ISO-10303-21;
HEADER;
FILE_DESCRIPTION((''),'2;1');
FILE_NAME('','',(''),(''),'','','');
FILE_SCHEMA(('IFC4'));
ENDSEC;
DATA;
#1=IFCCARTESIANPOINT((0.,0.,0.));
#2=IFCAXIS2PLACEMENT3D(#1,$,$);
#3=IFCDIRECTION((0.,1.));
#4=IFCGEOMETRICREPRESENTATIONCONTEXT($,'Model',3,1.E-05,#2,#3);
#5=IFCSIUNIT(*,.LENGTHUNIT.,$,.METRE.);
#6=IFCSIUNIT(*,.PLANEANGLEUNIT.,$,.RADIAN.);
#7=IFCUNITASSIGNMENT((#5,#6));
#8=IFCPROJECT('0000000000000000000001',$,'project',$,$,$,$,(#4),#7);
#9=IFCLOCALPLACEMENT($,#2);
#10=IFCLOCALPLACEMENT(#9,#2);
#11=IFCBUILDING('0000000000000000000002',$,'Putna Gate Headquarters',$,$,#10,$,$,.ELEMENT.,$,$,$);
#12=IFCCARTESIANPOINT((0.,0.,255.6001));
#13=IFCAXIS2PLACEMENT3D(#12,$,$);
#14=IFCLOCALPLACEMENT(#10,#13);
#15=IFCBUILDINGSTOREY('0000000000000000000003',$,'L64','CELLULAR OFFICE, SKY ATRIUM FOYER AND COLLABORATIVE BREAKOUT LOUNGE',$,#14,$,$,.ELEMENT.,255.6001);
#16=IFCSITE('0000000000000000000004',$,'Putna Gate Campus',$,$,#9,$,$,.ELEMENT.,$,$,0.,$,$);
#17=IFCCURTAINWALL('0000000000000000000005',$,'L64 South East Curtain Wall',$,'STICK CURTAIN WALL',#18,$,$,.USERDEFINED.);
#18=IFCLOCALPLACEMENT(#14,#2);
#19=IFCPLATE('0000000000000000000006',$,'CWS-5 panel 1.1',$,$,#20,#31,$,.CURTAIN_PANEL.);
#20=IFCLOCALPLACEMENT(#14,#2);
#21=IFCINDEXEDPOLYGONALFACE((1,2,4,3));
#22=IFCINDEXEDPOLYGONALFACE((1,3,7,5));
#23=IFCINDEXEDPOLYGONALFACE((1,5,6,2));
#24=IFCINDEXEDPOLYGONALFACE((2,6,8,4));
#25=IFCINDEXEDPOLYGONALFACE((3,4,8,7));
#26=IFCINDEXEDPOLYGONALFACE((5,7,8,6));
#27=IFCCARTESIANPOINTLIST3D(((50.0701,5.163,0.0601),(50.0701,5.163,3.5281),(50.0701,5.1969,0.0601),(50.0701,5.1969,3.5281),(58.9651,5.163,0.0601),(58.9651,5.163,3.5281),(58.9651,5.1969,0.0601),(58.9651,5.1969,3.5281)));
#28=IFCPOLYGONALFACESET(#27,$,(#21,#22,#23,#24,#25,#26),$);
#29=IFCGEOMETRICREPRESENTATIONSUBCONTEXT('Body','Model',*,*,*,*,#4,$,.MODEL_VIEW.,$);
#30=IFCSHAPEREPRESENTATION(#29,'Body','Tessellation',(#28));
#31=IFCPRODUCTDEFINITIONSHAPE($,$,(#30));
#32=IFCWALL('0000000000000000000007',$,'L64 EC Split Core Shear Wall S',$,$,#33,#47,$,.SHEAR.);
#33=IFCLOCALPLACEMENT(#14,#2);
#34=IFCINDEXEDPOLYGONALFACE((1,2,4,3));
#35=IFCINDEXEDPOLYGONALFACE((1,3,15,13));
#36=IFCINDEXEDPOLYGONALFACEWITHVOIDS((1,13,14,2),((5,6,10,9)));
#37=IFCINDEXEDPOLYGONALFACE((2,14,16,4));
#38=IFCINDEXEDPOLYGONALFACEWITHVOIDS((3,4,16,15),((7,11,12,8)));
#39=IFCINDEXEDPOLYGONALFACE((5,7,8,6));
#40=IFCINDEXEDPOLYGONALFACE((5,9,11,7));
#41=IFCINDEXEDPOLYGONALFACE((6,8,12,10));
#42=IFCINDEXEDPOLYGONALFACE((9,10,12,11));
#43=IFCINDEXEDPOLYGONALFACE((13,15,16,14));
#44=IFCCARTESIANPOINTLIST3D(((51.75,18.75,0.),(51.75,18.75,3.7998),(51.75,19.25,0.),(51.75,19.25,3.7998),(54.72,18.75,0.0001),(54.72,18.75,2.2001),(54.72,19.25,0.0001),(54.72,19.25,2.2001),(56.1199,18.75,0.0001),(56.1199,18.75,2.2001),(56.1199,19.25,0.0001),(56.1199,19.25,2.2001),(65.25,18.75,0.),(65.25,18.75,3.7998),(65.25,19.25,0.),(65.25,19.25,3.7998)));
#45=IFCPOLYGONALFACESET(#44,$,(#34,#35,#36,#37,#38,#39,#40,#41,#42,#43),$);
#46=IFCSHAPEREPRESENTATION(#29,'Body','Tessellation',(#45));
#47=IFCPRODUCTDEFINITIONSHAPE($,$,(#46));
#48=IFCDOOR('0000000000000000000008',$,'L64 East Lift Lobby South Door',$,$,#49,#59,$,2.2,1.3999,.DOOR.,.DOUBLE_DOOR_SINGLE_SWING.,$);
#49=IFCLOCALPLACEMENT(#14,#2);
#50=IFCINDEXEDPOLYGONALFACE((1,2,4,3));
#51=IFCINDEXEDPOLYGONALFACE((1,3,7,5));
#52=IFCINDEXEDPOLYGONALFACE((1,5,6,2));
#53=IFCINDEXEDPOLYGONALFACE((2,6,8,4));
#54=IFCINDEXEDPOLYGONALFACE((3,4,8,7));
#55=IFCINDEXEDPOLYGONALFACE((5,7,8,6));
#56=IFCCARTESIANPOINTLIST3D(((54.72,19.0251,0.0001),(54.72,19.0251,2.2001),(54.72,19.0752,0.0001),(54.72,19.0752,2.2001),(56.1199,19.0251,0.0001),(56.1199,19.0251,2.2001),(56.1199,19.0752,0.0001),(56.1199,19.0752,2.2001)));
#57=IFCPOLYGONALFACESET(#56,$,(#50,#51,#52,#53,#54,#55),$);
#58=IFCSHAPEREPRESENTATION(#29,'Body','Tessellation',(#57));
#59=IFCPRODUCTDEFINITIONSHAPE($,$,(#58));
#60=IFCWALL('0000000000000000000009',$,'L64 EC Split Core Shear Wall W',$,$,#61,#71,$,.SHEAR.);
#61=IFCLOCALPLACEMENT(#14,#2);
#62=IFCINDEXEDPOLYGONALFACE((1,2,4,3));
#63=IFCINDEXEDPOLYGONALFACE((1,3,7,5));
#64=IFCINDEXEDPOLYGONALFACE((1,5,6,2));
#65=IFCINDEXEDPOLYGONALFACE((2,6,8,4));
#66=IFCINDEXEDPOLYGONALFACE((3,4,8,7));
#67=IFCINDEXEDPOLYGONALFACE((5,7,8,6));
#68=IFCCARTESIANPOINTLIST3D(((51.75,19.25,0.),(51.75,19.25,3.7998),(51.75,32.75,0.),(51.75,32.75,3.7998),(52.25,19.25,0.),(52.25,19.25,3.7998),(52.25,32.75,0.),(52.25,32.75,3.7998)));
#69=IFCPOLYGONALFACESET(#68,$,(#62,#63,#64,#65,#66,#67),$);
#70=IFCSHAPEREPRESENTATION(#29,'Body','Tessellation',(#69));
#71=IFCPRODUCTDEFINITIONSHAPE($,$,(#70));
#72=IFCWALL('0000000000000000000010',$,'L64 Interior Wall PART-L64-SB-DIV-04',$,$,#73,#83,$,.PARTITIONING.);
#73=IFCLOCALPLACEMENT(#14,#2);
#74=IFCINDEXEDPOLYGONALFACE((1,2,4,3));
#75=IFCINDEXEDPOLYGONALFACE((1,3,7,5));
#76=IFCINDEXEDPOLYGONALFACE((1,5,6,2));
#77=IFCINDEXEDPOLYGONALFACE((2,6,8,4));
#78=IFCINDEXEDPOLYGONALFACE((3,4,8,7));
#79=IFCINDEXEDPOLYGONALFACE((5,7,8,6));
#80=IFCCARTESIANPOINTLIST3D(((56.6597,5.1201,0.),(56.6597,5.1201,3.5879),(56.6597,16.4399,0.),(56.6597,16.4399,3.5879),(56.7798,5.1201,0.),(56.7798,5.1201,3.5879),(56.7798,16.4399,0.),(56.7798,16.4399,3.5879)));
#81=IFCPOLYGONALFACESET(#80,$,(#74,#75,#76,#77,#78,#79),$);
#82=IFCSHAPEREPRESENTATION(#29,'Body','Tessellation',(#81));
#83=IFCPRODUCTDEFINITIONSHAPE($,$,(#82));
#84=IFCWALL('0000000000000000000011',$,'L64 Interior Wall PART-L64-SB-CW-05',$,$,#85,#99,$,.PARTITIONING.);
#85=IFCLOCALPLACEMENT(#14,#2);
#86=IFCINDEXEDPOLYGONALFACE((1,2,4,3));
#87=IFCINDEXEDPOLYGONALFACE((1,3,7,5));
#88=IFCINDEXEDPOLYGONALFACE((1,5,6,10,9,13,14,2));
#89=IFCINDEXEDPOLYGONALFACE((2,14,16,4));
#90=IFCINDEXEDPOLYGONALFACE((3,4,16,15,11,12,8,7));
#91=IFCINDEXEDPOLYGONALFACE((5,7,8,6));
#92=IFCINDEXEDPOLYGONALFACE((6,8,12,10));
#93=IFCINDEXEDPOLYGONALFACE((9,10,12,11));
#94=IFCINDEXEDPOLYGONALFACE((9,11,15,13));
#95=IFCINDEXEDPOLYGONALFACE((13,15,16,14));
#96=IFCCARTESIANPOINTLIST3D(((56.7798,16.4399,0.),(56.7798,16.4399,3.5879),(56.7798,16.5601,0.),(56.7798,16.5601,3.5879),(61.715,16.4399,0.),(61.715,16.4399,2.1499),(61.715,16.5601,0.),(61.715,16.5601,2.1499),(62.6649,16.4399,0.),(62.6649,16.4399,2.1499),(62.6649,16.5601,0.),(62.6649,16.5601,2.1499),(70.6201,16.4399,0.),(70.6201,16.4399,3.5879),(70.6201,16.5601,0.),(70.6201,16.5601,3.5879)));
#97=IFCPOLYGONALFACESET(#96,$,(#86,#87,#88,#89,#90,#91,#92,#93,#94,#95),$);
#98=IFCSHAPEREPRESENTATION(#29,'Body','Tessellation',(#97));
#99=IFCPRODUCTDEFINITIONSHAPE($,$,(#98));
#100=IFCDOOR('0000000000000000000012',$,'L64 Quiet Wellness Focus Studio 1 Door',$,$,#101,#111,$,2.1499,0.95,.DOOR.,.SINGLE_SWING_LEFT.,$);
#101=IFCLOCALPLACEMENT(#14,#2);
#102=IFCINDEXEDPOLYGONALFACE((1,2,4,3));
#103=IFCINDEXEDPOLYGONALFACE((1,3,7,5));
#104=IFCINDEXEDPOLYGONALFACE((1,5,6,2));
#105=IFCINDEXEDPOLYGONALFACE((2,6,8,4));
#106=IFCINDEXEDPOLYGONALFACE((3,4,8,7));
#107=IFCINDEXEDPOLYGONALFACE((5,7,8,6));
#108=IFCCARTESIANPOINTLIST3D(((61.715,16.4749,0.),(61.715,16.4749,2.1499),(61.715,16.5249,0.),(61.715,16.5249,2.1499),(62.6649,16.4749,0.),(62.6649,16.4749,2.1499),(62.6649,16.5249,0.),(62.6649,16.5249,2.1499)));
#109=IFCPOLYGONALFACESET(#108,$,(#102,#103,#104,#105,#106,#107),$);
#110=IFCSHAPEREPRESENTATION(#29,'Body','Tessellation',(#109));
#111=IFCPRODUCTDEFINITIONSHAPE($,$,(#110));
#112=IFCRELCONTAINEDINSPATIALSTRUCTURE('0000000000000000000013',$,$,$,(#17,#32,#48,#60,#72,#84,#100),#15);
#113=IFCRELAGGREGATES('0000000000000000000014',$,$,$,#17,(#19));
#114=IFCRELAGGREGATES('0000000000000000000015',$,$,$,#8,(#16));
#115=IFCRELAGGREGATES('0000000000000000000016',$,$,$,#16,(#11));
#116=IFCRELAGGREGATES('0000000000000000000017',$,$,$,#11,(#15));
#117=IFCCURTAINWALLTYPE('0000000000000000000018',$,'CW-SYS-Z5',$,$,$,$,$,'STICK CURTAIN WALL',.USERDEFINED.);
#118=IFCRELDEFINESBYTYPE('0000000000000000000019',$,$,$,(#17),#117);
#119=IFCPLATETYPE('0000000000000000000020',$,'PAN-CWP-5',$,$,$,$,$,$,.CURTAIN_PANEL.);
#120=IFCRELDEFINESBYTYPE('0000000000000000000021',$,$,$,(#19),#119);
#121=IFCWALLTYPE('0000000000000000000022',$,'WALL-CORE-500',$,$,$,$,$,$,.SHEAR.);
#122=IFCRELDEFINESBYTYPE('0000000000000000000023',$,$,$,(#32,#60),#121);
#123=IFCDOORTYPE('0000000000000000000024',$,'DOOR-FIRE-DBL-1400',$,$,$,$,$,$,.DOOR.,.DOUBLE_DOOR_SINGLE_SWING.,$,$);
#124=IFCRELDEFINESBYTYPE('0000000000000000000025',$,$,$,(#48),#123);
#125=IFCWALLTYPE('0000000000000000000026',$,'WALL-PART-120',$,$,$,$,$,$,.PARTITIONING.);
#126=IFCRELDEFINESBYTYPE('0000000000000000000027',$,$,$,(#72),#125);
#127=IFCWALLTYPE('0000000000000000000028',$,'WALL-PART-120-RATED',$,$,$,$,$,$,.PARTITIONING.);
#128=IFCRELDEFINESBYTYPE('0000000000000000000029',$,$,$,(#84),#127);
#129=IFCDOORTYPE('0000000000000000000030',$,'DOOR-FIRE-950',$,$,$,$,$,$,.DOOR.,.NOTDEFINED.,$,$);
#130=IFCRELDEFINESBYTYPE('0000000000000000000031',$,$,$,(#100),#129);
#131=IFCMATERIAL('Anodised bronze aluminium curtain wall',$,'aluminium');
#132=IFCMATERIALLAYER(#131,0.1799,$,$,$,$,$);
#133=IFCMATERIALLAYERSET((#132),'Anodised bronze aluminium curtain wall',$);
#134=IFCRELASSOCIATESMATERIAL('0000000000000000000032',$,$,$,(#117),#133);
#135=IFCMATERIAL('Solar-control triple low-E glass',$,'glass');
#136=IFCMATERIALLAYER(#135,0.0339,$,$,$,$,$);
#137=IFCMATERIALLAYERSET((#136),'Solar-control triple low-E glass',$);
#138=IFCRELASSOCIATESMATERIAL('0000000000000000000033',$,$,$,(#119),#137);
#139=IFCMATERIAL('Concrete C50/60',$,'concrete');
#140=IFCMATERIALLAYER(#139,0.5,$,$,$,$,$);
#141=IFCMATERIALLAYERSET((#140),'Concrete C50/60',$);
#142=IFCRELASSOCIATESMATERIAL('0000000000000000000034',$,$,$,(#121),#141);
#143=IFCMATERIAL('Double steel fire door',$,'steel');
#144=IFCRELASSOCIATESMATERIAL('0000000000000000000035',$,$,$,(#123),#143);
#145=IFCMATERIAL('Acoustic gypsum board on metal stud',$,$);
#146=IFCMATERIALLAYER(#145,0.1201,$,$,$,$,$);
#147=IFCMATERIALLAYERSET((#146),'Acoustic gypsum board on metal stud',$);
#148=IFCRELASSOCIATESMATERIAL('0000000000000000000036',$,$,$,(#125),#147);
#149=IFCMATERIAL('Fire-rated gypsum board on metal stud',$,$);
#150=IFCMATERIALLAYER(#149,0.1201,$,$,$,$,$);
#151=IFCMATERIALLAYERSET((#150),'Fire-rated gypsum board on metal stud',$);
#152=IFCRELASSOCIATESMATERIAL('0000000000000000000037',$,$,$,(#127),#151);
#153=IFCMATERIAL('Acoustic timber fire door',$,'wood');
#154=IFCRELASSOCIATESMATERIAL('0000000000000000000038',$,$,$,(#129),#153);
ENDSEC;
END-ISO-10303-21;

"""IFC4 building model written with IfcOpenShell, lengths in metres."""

from ifc_helpers import new_model, si_unit, direction, frame, frame_2d, origin, origin_2d, place, context, subcontext, project, spatial, rectangle, extrude, material, layer, layer_set, type_object, element, fill, aggregate, save


model = new_model("IFC4")

# Units and contexts
model_context = context("Model", 3, precision=1e-05, world=origin(), true_north=direction((0.0, 1.0)))
body_context = subcontext(model_context, "Body", "Model", "MODEL_VIEW")
ifc_project = project(units=[si_unit("LENGTHUNIT", "METRE"), si_unit("PLANEANGLEUNIT", "RADIAN")], contexts=[model_context])

# Site, building, storey
site_placement = place(None, origin())
site = spatial("IfcSite", under=ifc_project, at=site_placement, Name="Putna Gate Campus", CompositionType="ELEMENT", RefElevation=0.0)
building_placement = place(site_placement, origin())
building = spatial("IfcBuilding", under=site, at=building_placement, Name="Putna Gate Headquarters", CompositionType="ELEMENT")
storey_placement = place(building_placement, frame((0.0, 0.0, 255.6001)))
storey = spatial("IfcBuildingStorey", under=building, at=storey_placement, Name="L64", Description="CELLULAR OFFICE, SKY ATRIUM FOYER AND COLLABORATIVE BREAKOUT LOUNGE", CompositionType="ELEMENT", Elevation=255.6001)

# Curtain wall, plate
ifc_material_1 = material(Name="Anodised bronze aluminium curtain wall", Category="aluminium")
ifc_layer_1 = layer(ifc_material_1, 0.1799)
ifc_layer_set_1 = layer_set([ifc_layer_1], Name="Anodised bronze aluminium curtain wall")
curtain_wall_type = type_object("IfcCurtainWallType", Name="CW-SYS-Z5", ElementType="STICK CURTAIN WALL", PredefinedType="USERDEFINED", material=ifc_layer_set_1)
curtain_wall_placement = place(storey_placement, origin())
curtain_wall = element("IfcCurtainWall", 1, at=curtain_wall_placement, inside=storey, type_object=curtain_wall_type, Name="L64 South East Curtain Wall", ObjectType="STICK CURTAIN WALL", PredefinedType="USERDEFINED")
ifc_material_2 = material(Name="Solar-control triple low-E glass", Category="glass")
ifc_layer_2 = layer(ifc_material_2, 0.0339)
ifc_layer_set_2 = layer_set([ifc_layer_2], Name="Solar-control triple low-E glass")
plate_type = type_object("IfcPlateType", Name="PAN-CWP-5", PredefinedType="CURTAIN_PANEL", material=ifc_layer_set_2)
plate_placement = place(storey_placement, frame((54.5176, 5.1799, 0.0601), z_axis=(0.0, 0.0, 1.0), x_axis=(1.0, 0.0, 0.0)))
plate = element("IfcPlate", 2, at=plate_placement, type_object=plate_type, Name="CWS-5 panel 1.1", PredefinedType="CURTAIN_PANEL", context=body_context, shape_type="SweptSolid", body=[
    extrude(rectangle(XDim=8.895, YDim=0.0339, at=origin_2d()), origin(), (0.0, 0.0, 1.0), 3.468),
])
aggregate(curtain_wall, [plate])

# Wall, opening, door
ifc_material_3 = material(Name="Concrete C50/60", Category="concrete")
ifc_layer_3 = layer(ifc_material_3, 0.5)
ifc_layer_set_3 = layer_set([ifc_layer_3], Name="Concrete C50/60")
wall_type_1 = type_object("IfcWallType", Name="WALL-CORE-500", PredefinedType="SHEAR", material=ifc_layer_set_3)
wall_1_placement = place(storey_placement, frame((51.75, 19.0, 0.0), z_axis=(0.0, 0.0, 1.0), x_axis=(1.0, 0.0, 0.0)))
wall_1 = element("IfcWall", 3, at=wall_1_placement, inside=storey, type_object=wall_type_1, Name="L64 EC Split Core Shear Wall S", PredefinedType="SHEAR", context=body_context, shape_type="SweptSolid", body=[
    extrude(rectangle(XDim=13.5, YDim=0.5, at=frame_2d((6.75, 0.0))), origin(), (0.0, 0.0, 1.0), 3.7998),
])
opening_1_placement = place(wall_1_placement, frame((2.97, 0.0, 0.0)))
opening_1 = element("IfcOpeningElement", 4, at=opening_1_placement, cuts=wall_1, PredefinedType="OPENING", context=body_context, shape_type="SweptSolid", body=[
    extrude(rectangle(XDim=1.3999, YDim=2.2, at=frame_2d((0.7, 1.1001))), frame((0.0, 0.26, 0.0), z_axis=(0.0, -1.0, 0.0), x_axis=(1.0, 0.0, 0.0)), (0.0, 0.0, 1.0), 0.52),
])
ifc_material_4 = material(Name="Double steel fire door", Category="steel")
door_type_1 = type_object("IfcDoorType", Name="DOOR-FIRE-DBL-1400", OperationType="DOUBLE_DOOR_SINGLE_SWING", PredefinedType="DOOR", material=ifc_material_4)
door_1_placement = place(opening_1_placement, origin())
door_1 = element("IfcDoor", 5, at=door_1_placement, inside=storey, type_object=door_type_1, Name="L64 East Lift Lobby South Door", OperationType="DOUBLE_DOOR_SINGLE_SWING", OverallHeight=2.2, OverallWidth=1.3999, PredefinedType="DOOR", context=body_context, shape_type="SweptSolid", body=[
    extrude(rectangle(XDim=1.3999, YDim=2.2, at=frame_2d((0.7, 1.1001))), frame((0.0, 0.0752, 0.0), z_axis=(0.0, -1.0, 0.0), x_axis=(1.0, 0.0, 0.0)), (0.0, 0.0, 1.0), 0.05),
])
fill(opening_1, door_1)

# Walls
wall_2_placement = place(storey_placement, frame((52.0, 19.25, 0.0), z_axis=(0.0, 0.0, 1.0), x_axis=(0.0, 1.0, 0.0)))
element("IfcWall", 6, at=wall_2_placement, inside=storey, type_object=wall_type_1, Name="L64 EC Split Core Shear Wall W", PredefinedType="SHEAR", context=body_context, shape_type="SweptSolid", body=[
    extrude(rectangle(XDim=13.5, YDim=0.5, at=frame_2d((6.75, 0.0))), origin(), (0.0, 0.0, 1.0), 3.7998),
])
ifc_material_5 = material(Name="Acoustic gypsum board on metal stud")
ifc_layer_4 = layer(ifc_material_5, 0.1201)
ifc_layer_set_4 = layer_set([ifc_layer_4], Name="Acoustic gypsum board on metal stud")
wall_type_2 = type_object("IfcWallType", Name="WALL-PART-120", PredefinedType="PARTITIONING", material=ifc_layer_set_4)
wall_3_placement = place(storey_placement, frame((56.7197, 5.1201, 0.0), z_axis=(0.0, 0.0, 1.0), x_axis=(0.0, 1.0, 0.0)))
element("IfcWall", 7, at=wall_3_placement, inside=storey, type_object=wall_type_2, Name="L64 Interior Wall PART-L64-SB-DIV-04", PredefinedType="PARTITIONING", context=body_context, shape_type="SweptSolid", body=[
    extrude(rectangle(XDim=11.3198, YDim=0.1201, at=frame_2d((5.6599, 0.0))), origin(), (0.0, 0.0, 1.0), 3.5879),
])

# Wall, opening, door
ifc_material_6 = material(Name="Fire-rated gypsum board on metal stud")
ifc_layer_5 = layer(ifc_material_6, 0.1201)
ifc_layer_set_5 = layer_set([ifc_layer_5], Name="Fire-rated gypsum board on metal stud")
wall_type_3 = type_object("IfcWallType", Name="WALL-PART-120-RATED", PredefinedType="PARTITIONING", material=ifc_layer_set_5)
wall_4_placement = place(storey_placement, frame((56.7798, 16.5, 0.0), z_axis=(0.0, 0.0, 1.0), x_axis=(1.0, 0.0, 0.0)))
wall_4 = element("IfcWall", 8, at=wall_4_placement, inside=storey, type_object=wall_type_3, Name="L64 Interior Wall PART-L64-SB-CW-05", PredefinedType="PARTITIONING", context=body_context, shape_type="SweptSolid", body=[
    extrude(rectangle(XDim=13.8403, YDim=0.1201, at=frame_2d((6.9202, 0.0))), origin(), (0.0, 0.0, 1.0), 3.5879),
])
opening_2_placement = place(wall_4_placement, frame((4.9351, 0.0, 0.0)))
opening_2 = element("IfcOpeningElement", 9, at=opening_2_placement, cuts=wall_4, PredefinedType="OPENING", context=body_context, shape_type="SweptSolid", body=[
    extrude(rectangle(XDim=0.95, YDim=2.1499, at=frame_2d((0.4751, 1.075))), frame((0.0, 0.0701, 0.0), z_axis=(0.0, -1.0, 0.0), x_axis=(1.0, 0.0, 0.0)), (0.0, 0.0, 1.0), 0.1401),
])
ifc_material_7 = material(Name="Acoustic timber fire door", Category="wood")
door_type_2 = type_object("IfcDoorType", Name="DOOR-FIRE-950", OperationType="NOTDEFINED", PredefinedType="DOOR", material=ifc_material_7)
door_2_placement = place(opening_2_placement, origin())
door_2 = element("IfcDoor", 10, at=door_2_placement, inside=storey, type_object=door_type_2, Name="L64 Quiet Wellness Focus Studio 1 Door", OperationType="SINGLE_SWING_LEFT", OverallHeight=2.1499, OverallWidth=0.95, PredefinedType="DOOR", context=body_context, shape_type="SweptSolid", body=[
    extrude(rectangle(XDim=0.95, YDim=2.1499, at=frame_2d((0.4751, 1.075))), frame((0.0, 0.0249, 0.0), z_axis=(0.0, -1.0, 0.0), x_axis=(1.0, 0.0, 0.0)), (0.0, 0.0, 1.0), 0.05),
])
fill(opening_2, door_2)

save(model, "model.ifc")
